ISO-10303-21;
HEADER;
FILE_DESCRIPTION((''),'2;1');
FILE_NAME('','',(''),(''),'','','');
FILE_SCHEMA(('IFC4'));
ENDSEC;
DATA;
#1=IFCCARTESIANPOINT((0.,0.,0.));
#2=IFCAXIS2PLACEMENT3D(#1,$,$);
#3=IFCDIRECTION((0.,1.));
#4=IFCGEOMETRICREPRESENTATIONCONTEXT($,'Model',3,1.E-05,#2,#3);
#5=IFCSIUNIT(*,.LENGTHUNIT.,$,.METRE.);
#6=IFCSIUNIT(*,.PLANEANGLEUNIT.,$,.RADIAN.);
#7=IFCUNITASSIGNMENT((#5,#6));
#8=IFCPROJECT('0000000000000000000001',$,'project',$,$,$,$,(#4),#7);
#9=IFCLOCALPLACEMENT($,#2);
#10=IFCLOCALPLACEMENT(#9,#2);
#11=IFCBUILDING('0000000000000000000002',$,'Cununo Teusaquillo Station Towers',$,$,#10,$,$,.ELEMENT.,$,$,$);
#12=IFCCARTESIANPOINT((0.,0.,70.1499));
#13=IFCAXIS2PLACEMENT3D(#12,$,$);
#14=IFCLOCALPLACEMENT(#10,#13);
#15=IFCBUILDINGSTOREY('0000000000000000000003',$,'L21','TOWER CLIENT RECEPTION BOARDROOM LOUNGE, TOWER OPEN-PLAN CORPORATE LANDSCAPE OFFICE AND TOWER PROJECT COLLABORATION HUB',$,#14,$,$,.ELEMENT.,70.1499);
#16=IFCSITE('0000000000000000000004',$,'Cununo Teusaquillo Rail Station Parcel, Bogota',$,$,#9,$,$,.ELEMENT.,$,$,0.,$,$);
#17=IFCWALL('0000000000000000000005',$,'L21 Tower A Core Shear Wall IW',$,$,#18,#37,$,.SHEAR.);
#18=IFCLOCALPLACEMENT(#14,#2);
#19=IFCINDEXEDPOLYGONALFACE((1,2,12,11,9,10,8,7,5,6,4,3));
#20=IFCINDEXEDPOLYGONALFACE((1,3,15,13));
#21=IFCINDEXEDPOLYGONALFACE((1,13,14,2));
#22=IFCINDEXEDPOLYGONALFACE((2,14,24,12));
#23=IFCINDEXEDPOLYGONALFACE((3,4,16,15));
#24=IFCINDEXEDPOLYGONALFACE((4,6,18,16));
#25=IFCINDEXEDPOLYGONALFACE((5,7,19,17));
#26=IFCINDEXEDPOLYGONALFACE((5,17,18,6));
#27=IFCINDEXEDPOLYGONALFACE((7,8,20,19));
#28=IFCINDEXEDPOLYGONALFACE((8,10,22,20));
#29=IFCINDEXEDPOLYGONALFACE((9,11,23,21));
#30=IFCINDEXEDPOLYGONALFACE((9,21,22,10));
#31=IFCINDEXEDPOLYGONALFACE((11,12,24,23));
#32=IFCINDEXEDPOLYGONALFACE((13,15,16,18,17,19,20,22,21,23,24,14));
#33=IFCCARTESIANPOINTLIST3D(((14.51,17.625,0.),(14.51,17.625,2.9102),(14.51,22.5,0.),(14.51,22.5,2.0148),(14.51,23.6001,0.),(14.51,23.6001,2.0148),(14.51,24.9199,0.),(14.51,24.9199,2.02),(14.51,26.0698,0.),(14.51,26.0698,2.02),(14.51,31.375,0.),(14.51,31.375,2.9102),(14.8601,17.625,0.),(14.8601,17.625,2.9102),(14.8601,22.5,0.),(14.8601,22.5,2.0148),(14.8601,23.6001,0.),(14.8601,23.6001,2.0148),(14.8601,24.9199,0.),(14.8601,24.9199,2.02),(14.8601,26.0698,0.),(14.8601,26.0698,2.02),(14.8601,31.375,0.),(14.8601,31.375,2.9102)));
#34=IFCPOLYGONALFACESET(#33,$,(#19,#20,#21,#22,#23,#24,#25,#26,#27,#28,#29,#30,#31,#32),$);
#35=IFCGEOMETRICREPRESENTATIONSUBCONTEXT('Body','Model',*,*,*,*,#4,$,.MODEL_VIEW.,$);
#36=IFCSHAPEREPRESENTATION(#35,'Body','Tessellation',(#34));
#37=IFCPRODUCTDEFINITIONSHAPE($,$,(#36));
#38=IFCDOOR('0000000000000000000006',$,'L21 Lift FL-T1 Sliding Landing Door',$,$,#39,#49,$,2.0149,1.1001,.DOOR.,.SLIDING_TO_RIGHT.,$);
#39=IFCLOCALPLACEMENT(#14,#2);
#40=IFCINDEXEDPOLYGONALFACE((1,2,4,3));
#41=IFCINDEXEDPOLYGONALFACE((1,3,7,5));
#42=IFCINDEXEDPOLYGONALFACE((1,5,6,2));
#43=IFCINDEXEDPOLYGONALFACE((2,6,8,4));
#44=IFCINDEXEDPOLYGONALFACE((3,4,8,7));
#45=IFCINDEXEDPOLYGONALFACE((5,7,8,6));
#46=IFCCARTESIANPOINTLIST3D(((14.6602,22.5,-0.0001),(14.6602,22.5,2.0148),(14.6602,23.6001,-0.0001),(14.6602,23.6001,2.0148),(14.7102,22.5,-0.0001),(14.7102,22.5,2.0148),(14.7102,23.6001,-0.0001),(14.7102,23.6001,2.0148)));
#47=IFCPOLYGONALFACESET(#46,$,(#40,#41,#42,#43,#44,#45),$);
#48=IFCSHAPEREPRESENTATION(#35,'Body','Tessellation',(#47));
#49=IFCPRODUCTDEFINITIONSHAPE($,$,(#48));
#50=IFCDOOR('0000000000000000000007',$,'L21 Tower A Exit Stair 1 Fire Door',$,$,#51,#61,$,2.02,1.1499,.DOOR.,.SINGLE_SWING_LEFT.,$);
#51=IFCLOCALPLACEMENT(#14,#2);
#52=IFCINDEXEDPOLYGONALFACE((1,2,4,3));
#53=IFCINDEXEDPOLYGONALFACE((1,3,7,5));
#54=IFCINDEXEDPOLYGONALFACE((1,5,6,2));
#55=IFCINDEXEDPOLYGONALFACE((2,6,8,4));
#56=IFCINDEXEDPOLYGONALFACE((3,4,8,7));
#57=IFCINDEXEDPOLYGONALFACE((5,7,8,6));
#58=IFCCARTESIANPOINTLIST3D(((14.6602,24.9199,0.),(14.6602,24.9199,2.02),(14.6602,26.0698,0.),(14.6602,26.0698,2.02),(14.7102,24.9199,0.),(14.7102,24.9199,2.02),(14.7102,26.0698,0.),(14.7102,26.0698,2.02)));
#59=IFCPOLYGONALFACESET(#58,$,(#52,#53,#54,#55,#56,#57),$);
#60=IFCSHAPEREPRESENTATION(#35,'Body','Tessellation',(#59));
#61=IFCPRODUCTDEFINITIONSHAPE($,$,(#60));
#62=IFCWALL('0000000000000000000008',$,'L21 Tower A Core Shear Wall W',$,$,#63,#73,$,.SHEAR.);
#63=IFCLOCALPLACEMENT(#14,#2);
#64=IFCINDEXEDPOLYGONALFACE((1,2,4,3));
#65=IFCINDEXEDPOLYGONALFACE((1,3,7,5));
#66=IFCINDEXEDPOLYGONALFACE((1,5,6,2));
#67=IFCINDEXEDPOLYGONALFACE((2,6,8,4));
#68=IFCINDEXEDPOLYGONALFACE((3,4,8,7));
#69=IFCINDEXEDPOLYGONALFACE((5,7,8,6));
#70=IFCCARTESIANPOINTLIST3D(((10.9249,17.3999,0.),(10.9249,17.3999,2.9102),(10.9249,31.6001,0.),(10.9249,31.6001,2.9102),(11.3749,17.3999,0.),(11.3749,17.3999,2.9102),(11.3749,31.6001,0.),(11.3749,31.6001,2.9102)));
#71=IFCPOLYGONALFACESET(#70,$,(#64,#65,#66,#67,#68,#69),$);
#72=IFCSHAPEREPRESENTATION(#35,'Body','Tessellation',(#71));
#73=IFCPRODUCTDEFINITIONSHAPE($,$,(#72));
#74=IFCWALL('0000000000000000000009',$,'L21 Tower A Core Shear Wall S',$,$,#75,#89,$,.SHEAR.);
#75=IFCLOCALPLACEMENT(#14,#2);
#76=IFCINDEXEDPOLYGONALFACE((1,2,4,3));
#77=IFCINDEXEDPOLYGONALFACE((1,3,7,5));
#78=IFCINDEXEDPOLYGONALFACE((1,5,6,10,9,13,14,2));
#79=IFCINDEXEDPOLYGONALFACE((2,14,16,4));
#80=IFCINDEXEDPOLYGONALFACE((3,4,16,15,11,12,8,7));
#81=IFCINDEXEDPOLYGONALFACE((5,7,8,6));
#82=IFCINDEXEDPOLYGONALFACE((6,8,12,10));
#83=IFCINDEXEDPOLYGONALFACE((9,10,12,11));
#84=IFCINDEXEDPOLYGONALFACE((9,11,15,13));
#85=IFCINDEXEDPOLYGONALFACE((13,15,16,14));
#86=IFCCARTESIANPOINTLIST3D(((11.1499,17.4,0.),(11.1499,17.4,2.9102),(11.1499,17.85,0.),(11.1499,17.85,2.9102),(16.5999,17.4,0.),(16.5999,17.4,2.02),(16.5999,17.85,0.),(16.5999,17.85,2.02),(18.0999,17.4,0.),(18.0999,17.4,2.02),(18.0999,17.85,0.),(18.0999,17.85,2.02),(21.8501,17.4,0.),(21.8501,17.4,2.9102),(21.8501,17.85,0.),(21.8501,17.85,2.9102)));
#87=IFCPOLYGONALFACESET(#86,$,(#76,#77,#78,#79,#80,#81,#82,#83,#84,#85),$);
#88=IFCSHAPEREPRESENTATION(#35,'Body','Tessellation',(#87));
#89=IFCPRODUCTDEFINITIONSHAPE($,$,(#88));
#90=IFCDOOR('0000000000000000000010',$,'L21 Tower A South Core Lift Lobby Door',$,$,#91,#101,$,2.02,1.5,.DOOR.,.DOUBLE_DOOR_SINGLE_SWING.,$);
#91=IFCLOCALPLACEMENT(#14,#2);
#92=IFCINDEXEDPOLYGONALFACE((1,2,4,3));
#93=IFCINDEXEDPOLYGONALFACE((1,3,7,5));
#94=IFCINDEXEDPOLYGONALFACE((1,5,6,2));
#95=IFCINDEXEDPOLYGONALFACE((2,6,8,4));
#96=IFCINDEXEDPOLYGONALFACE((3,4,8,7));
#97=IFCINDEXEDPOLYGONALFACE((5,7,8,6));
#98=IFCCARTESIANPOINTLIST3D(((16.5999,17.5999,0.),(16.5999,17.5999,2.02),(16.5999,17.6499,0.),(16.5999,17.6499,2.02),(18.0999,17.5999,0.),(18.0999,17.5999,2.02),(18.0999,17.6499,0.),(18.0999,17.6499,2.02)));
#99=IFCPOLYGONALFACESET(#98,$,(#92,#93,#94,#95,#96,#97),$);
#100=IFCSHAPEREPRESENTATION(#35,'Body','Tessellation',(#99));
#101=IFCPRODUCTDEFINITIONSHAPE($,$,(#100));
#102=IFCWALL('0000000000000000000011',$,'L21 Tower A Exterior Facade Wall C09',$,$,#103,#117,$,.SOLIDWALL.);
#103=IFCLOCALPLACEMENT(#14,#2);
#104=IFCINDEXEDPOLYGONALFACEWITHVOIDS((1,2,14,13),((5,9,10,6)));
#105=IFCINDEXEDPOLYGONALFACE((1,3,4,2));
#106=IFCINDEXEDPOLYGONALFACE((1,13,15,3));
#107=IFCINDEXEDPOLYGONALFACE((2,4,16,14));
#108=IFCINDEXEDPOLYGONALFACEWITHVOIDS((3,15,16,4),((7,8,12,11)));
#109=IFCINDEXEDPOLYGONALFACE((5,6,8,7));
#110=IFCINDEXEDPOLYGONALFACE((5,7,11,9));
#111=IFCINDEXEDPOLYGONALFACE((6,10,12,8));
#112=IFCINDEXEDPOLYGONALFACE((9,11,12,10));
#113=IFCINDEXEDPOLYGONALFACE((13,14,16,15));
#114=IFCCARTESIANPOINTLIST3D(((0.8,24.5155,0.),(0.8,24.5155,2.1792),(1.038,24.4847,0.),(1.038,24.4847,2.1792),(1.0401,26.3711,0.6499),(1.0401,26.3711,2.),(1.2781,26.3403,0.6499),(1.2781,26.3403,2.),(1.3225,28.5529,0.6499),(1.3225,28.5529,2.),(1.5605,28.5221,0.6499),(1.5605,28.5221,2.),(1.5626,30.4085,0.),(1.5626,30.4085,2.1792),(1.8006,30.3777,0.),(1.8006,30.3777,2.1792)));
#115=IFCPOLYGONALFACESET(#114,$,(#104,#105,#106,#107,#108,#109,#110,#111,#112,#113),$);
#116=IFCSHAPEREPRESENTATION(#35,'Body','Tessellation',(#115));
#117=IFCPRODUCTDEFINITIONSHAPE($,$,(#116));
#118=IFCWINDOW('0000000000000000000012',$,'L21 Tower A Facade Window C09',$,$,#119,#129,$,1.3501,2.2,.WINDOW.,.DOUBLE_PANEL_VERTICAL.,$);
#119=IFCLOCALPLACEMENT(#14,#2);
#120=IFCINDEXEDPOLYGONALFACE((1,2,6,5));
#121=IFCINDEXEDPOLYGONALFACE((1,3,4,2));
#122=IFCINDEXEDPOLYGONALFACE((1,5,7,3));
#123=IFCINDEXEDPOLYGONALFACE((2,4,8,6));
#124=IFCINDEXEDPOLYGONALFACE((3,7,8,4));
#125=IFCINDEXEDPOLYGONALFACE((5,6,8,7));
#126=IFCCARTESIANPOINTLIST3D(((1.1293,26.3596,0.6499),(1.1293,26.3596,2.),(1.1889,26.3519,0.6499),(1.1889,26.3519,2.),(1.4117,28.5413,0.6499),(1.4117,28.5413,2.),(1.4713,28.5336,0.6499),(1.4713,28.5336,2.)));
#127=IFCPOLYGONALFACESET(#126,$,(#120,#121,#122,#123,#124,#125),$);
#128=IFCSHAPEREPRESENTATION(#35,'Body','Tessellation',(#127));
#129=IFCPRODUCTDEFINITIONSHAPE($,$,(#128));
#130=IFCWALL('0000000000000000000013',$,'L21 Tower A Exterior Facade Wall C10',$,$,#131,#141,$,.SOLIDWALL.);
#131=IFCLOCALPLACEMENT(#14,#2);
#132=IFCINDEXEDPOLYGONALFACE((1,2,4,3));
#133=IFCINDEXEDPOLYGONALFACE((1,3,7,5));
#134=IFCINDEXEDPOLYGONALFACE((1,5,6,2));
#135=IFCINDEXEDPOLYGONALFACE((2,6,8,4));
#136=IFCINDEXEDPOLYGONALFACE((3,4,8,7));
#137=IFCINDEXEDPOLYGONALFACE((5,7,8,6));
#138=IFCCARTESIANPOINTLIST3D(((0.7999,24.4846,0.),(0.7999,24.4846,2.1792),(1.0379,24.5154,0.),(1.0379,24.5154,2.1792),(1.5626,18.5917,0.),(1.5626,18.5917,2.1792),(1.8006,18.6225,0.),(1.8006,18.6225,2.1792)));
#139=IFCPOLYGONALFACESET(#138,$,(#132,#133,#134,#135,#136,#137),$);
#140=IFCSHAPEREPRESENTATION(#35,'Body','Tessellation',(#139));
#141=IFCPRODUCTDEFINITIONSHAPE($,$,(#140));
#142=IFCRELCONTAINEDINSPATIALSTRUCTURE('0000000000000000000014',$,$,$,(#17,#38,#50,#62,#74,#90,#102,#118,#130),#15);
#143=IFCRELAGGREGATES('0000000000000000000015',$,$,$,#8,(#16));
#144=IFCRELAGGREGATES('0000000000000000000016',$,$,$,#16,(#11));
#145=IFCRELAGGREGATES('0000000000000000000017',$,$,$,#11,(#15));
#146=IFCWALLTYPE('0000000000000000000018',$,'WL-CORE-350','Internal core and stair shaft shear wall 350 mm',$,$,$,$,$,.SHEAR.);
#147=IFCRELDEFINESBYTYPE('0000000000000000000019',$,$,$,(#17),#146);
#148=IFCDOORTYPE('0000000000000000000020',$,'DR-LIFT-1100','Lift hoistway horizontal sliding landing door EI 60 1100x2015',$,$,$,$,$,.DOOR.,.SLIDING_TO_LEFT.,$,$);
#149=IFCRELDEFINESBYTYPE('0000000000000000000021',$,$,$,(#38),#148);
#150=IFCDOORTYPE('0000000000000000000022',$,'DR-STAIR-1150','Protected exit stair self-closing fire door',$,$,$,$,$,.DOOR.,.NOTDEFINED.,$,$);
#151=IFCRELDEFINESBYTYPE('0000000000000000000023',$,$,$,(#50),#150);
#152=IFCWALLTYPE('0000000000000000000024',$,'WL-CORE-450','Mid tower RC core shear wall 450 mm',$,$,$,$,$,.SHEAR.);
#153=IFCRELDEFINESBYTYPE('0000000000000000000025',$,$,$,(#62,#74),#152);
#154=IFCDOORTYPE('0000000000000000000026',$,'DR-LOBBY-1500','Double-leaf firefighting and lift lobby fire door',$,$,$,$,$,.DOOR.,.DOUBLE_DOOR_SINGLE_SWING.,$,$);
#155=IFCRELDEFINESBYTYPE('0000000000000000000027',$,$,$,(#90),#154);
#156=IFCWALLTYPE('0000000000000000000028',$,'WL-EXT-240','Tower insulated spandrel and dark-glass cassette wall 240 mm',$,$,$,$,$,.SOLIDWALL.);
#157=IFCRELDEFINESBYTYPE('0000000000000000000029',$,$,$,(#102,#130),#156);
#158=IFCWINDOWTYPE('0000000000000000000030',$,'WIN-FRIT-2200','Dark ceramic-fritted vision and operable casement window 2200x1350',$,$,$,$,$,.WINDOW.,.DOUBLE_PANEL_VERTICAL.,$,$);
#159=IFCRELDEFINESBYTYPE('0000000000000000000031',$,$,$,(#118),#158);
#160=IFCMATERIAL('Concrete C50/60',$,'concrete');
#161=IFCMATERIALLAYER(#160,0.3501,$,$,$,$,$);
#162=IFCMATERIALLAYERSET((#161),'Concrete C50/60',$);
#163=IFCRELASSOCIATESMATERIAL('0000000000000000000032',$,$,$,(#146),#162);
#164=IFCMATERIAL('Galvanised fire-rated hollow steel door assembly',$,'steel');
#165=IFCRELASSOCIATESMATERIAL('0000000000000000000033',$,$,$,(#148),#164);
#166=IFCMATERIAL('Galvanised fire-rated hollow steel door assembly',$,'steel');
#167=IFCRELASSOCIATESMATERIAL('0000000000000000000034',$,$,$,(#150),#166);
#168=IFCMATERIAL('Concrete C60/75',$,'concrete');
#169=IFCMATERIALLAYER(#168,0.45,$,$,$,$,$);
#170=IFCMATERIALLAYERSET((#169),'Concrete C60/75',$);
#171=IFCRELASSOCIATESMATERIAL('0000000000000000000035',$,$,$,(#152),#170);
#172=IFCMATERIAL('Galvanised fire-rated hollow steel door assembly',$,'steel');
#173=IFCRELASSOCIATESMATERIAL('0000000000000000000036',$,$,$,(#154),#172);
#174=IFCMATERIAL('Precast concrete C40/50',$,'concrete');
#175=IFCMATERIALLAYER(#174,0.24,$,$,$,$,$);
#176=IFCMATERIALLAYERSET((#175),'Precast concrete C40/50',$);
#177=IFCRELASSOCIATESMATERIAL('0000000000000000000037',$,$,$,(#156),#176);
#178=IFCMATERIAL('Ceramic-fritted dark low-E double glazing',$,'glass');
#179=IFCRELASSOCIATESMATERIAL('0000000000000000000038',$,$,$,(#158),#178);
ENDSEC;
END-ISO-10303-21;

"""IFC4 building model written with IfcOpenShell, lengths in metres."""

from ifc_helpers import new_model, si_unit, direction, frame, frame_2d, origin, place, context, subcontext, project, spatial, rectangle, extrude, source, transform, mapped, material, layer, layer_set, type_object, element, fill, save


model = new_model("IFC4")

# Units and contexts
model_context = context("Model", 3, precision=1e-05, world=origin(), true_north=direction((0.0, 1.0)))
body_context = subcontext(model_context, "Body", "Model", "MODEL_VIEW")
ifc_project = project(units=[si_unit("LENGTHUNIT", "METRE"), si_unit("PLANEANGLEUNIT", "RADIAN")], contexts=[model_context])

# Site, building, storey
site_placement = place(None, origin())
site = spatial("IfcSite", under=ifc_project, at=site_placement, Name="Cununo Teusaquillo Rail Station Parcel, Bogota", CompositionType="ELEMENT", RefElevation=0.0)
building_placement = place(site_placement, origin())
building = spatial("IfcBuilding", under=site, at=building_placement, Name="Cununo Teusaquillo Station Towers", CompositionType="ELEMENT")
storey_placement = place(building_placement, frame((0.0, 0.0, 70.1499)))
storey = spatial("IfcBuildingStorey", under=building, at=storey_placement, Name="L21", Description="TOWER CLIENT RECEPTION BOARDROOM LOUNGE, TOWER OPEN-PLAN CORPORATE LANDSCAPE OFFICE AND TOWER PROJECT COLLABORATION HUB", CompositionType="ELEMENT", Elevation=70.1499)

# Wall, openings, doors
ifc_material_1 = material(Name="Concrete C50/60", Category="concrete")
ifc_layer_1 = layer(ifc_material_1, 0.3501)
ifc_layer_set_1 = layer_set([ifc_layer_1], Name="Concrete C50/60")
wall_type_1 = type_object("IfcWallType", Name="WL-CORE-350", Description="Internal core and stair shaft shear wall 350 mm", PredefinedType="SHEAR", material=ifc_layer_set_1)
wall_1_placement = place(storey_placement, frame((14.6851, 17.625, 0.0), z_axis=(0.0, 0.0, 1.0), x_axis=(0.0, 1.0, 0.0)))
wall_1 = element("IfcWall", 1, at=wall_1_placement, inside=storey, type_object=wall_type_1, Name="L21 Tower A Core Shear Wall IW", PredefinedType="SHEAR", context=body_context, shape_type="SweptSolid", body=[
    extrude(rectangle(XDim=13.75, YDim=0.3501, at=frame_2d((6.875, 0.0))), origin(), (0.0, 0.0, 1.0), 2.9102),
])
shared_shape_1 = source(origin(), body_context, "Body", "SweptSolid", [
    extrude(rectangle(XDim=1.1001, YDim=2.0149, at=frame_2d((0.55, 1.0073))), frame((0.0, 0.1851, 0.0), z_axis=(0.0, -1.0, 0.0), x_axis=(1.0, 0.0, 0.0)), (0.0, 0.0, 1.0), 0.3701),
])
opening_1_placement = place(wall_1_placement, frame((4.875, 0.0, 0.0)))
opening_1 = element("IfcOpeningElement", 2, at=opening_1_placement, cuts=wall_1, PredefinedType="OPENING", context=body_context, shape_type="MappedRepresentation", body=[
    mapped(shared_shape_1, transform((0.0, 0.0, 0.0), x_axis=(1.0, 0.0, 0.0), y_axis=(0.0, 1.0, 0.0), z_axis=(0.0, 0.0, 1.0), scale=1.0)),
])
shared_shape_2 = source(origin(), body_context, "Body", "SweptSolid", [
    extrude(rectangle(XDim=1.1499, YDim=2.02, at=frame_2d((0.575, 1.01))), frame((0.0, 0.1851, 0.0), z_axis=(0.0, -1.0, 0.0), x_axis=(1.0, 0.0, 0.0)), (0.0, 0.0, 1.0), 0.3701),
])
opening_2_placement = place(wall_1_placement, frame((7.2949, 0.0, 0.0)))
opening_2 = element("IfcOpeningElement", 3, at=opening_2_placement, cuts=wall_1, PredefinedType="OPENING", context=body_context, shape_type="MappedRepresentation", body=[
    mapped(shared_shape_2, transform((0.0, 0.0, 0.0), x_axis=(1.0, 0.0, 0.0), y_axis=(0.0, 1.0, 0.0), z_axis=(0.0, 0.0, 1.0), scale=1.0)),
])
ifc_material_2 = material(Name="Galvanised fire-rated hollow steel door assembly", Category="steel")
door_type_1 = type_object("IfcDoorType", Name="DR-LIFT-1100", Description="Lift hoistway horizontal sliding landing door EI 60 1100x2015", OperationType="SLIDING_TO_LEFT", PredefinedType="DOOR", material=ifc_material_2)
shared_shape_3 = source(origin(), body_context, "Body", "SweptSolid", [
    extrude(rectangle(XDim=1.1001, YDim=2.0149, at=frame_2d((0.55, 1.0073))), frame((0.0, 0.0249, 0.0), z_axis=(0.0, -1.0, 0.0), x_axis=(1.0, 0.0, 0.0)), (0.0, 0.0, 1.0), 0.05),
])
door_1_placement = place(opening_1_placement, origin())
door_1 = element("IfcDoor", 4, at=door_1_placement, inside=storey, type_object=door_type_1, Name="L21 Lift FL-T1 Sliding Landing Door", OperationType="SLIDING_TO_RIGHT", OverallHeight=2.0149, OverallWidth=1.1001, PredefinedType="DOOR", context=body_context, shape_type="MappedRepresentation", body=[
    mapped(shared_shape_3, transform((0.0, 0.0, 0.0), x_axis=(1.0, 0.0, 0.0), y_axis=(0.0, 1.0, 0.0), z_axis=(0.0, 0.0, 1.0), scale=1.0)),
])
fill(opening_1, door_1)
ifc_material_3 = material(Name="Galvanised fire-rated hollow steel door assembly", Category="steel")
door_type_2 = type_object("IfcDoorType", Name="DR-STAIR-1150", Description="Protected exit stair self-closing fire door", OperationType="NOTDEFINED", PredefinedType="DOOR", material=ifc_material_3)
shared_shape_4 = source(origin(), body_context, "Body", "SweptSolid", [
    extrude(rectangle(XDim=1.1499, YDim=2.02, at=frame_2d((0.575, 1.01))), frame((0.0, 0.0249, 0.0), z_axis=(0.0, -1.0, 0.0), x_axis=(1.0, 0.0, 0.0)), (0.0, 0.0, 1.0), 0.05),
])
door_2_placement = place(opening_2_placement, origin())
door_2 = element("IfcDoor", 5, at=door_2_placement, inside=storey, type_object=door_type_2, Name="L21 Tower A Exit Stair 1 Fire Door", OperationType="SINGLE_SWING_LEFT", OverallHeight=2.02, OverallWidth=1.1499, PredefinedType="DOOR", context=body_context, shape_type="MappedRepresentation", body=[
    mapped(shared_shape_4, transform((0.0, 0.0, 0.0), x_axis=(1.0, 0.0, 0.0), y_axis=(0.0, 1.0, 0.0), z_axis=(0.0, 0.0, 1.0), scale=1.0)),
])
fill(opening_2, door_2)

# Wall
ifc_material_4 = material(Name="Concrete C60/75", Category="concrete")
ifc_layer_2 = layer(ifc_material_4, 0.45)
ifc_layer_set_2 = layer_set([ifc_layer_2], Name="Concrete C60/75")
wall_type_2 = type_object("IfcWallType", Name="WL-CORE-450", Description="Mid tower RC core shear wall 450 mm", PredefinedType="SHEAR", material=ifc_layer_set_2)
wall_2_placement = place(storey_placement, frame((11.1499, 17.3999, 0.0), z_axis=(0.0, 0.0, 1.0), x_axis=(0.0, 1.0, 0.0)))
element("IfcWall", 6, at=wall_2_placement, inside=storey, type_object=wall_type_2, Name="L21 Tower A Core Shear Wall W", PredefinedType="SHEAR", context=body_context, shape_type="SweptSolid", body=[
    extrude(rectangle(XDim=14.2002, YDim=0.45, at=frame_2d((7.1001, 0.0))), origin(), (0.0, 0.0, 1.0), 2.9102),
])

# Wall, opening, door
wall_3_placement = place(storey_placement, frame((11.1499, 17.625, 0.0), z_axis=(0.0, 0.0, 1.0), x_axis=(1.0, 0.0, 0.0)))
wall_3 = element("IfcWall", 7, at=wall_3_placement, inside=storey, type_object=wall_type_2, Name="L21 Tower A Core Shear Wall S", PredefinedType="SHEAR", context=body_context, shape_type="SweptSolid", body=[
    extrude(rectangle(XDim=10.7002, YDim=0.45, at=frame_2d((5.3501, 0.0))), origin(), (0.0, 0.0, 1.0), 2.9102),
])
shared_shape_5 = source(origin(), body_context, "Body", "SweptSolid", [
    extrude(rectangle(XDim=1.5, YDim=2.02, at=frame_2d((0.75, 1.01))), frame((0.0, 0.2349, 0.0), z_axis=(0.0, -1.0, 0.0), x_axis=(1.0, 0.0, 0.0)), (0.0, 0.0, 1.0), 0.47),
])
opening_3_placement = place(wall_3_placement, frame((5.45, 0.0, 0.0)))
opening_3 = element("IfcOpeningElement", 8, at=opening_3_placement, cuts=wall_3, PredefinedType="OPENING", context=body_context, shape_type="MappedRepresentation", body=[
    mapped(shared_shape_5, transform((0.0, 0.0, 0.0), x_axis=(1.0, 0.0, 0.0), y_axis=(0.0, 1.0, 0.0), z_axis=(0.0, 0.0, 1.0), scale=1.0)),
])
ifc_material_5 = material(Name="Galvanised fire-rated hollow steel door assembly", Category="steel")
door_type_3 = type_object("IfcDoorType", Name="DR-LOBBY-1500", Description="Double-leaf firefighting and lift lobby fire door", OperationType="DOUBLE_DOOR_SINGLE_SWING", PredefinedType="DOOR", material=ifc_material_5)
shared_shape_6 = source(origin(), body_context, "Body", "SweptSolid", [
    extrude(rectangle(XDim=1.5, YDim=2.02, at=frame_2d((0.75, 1.01))), frame((0.0, 0.0249, 0.0), z_axis=(0.0, -1.0, 0.0), x_axis=(1.0, 0.0, 0.0)), (0.0, 0.0, 1.0), 0.05),
])
door_3_placement = place(opening_3_placement, origin())
door_3 = element("IfcDoor", 9, at=door_3_placement, inside=storey, type_object=door_type_3, Name="L21 Tower A South Core Lift Lobby Door", OperationType="DOUBLE_DOOR_SINGLE_SWING", OverallHeight=2.02, OverallWidth=1.5, PredefinedType="DOOR", context=body_context, shape_type="MappedRepresentation", body=[
    mapped(shared_shape_6, transform((0.0, 0.0, 0.0), x_axis=(1.0, 0.0, 0.0), y_axis=(0.0, 1.0, 0.0), z_axis=(0.0, 0.0, 1.0), scale=1.0)),
])
fill(opening_3, door_3)

# Wall, opening, window
ifc_material_6 = material(Name="Precast concrete C40/50", Category="concrete")
ifc_layer_3 = layer(ifc_material_6, 0.24)
ifc_layer_set_3 = layer_set([ifc_layer_3], Name="Precast concrete C40/50")
wall_type_3 = type_object("IfcWallType", Name="WL-EXT-240", Description="Tower insulated spandrel and dark-glass cassette wall 240 mm", PredefinedType="SOLIDWALL", material=ifc_layer_set_3)
wall_4_placement = place(storey_placement, frame((0.9189, 24.5, 0.0), z_axis=(0.0, 0.0, 1.0), x_axis=(0.128352, 0.991729, 0.0)))
wall_4 = element("IfcWall", 10, at=wall_4_placement, inside=storey, type_object=wall_type_3, Name="L21 Tower A Exterior Facade Wall C09", PredefinedType="SOLIDWALL", context=body_context, shape_type="SweptSolid", body=[
    extrude(rectangle(XDim=5.9421, YDim=0.24, at=frame_2d((2.9712, 0.0))), origin(), (0.0, 0.0, 1.0), 2.1792),
])
shared_shape_7 = source(origin(), body_context, "Body", "SweptSolid", [
    extrude(rectangle(XDim=2.2, YDim=1.3501, at=frame_2d((1.1001, 0.675))), frame((0.0, 0.1299, 0.0), z_axis=(0.0, -1.0, 0.0), x_axis=(1.0, 0.0, 0.0)), (0.0, 0.0, 1.0), 0.26),
])
opening_4_placement = place(wall_4_placement, frame((1.8711, 0.0, 0.6499)))
opening_4 = element("IfcOpeningElement", 11, at=opening_4_placement, cuts=wall_4, PredefinedType="OPENING", context=body_context, shape_type="MappedRepresentation", body=[
    mapped(shared_shape_7, transform((0.0, 0.0, 0.0), x_axis=(1.0, 0.0, 0.0), y_axis=(0.0, 1.0, 0.0), z_axis=(0.0, 0.0, 1.0), scale=1.0)),
])
ifc_material_7 = material(Name="Ceramic-fritted dark low-E double glazing", Category="glass")
window_type = type_object("IfcWindowType", Name="WIN-FRIT-2200", Description="Dark ceramic-fritted vision and operable casement window 2200x1350", PartitioningType="DOUBLE_PANEL_VERTICAL", PredefinedType="WINDOW", material=ifc_material_7)
shared_shape_8 = source(origin(), body_context, "Body", "SweptSolid", [
    extrude(rectangle(XDim=2.2, YDim=1.3501, at=frame_2d((1.1001, 0.675))), frame((0.0, 0.03, 0.0), z_axis=(0.0, -1.0, 0.0), x_axis=(1.0, 0.0, 0.0)), (0.0, 0.0, 1.0), 0.0601),
])
window_placement = place(opening_4_placement, origin())
window = element("IfcWindow", 12, at=window_placement, inside=storey, type_object=window_type, Name="L21 Tower A Facade Window C09", OverallHeight=1.3501, OverallWidth=2.2, PartitioningType="DOUBLE_PANEL_VERTICAL", PredefinedType="WINDOW", context=body_context, shape_type="MappedRepresentation", body=[
    mapped(shared_shape_8, transform((0.0, 0.0, 0.0), x_axis=(1.0, 0.0, 0.0), y_axis=(0.0, 1.0, 0.0), z_axis=(0.0, 0.0, 1.0), scale=1.0)),
])
fill(opening_4, window)

# Wall
wall_5_placement = place(storey_placement, frame((1.6816, 18.6069, 0.0), z_axis=(0.0, 0.0, 1.0), x_axis=(-0.128352, 0.991729, 0.0)))
element("IfcWall", 13, at=wall_5_placement, inside=storey, type_object=wall_type_3, Name="L21 Tower A Exterior Facade Wall C10", PredefinedType="SOLIDWALL", context=body_context, shape_type="SweptSolid", body=[
    extrude(rectangle(XDim=5.9421, YDim=0.24, at=frame_2d((2.9712, 0.0))), origin(), (0.0, 0.0, 1.0), 2.1792),
])

save(model, "model.ifc")
